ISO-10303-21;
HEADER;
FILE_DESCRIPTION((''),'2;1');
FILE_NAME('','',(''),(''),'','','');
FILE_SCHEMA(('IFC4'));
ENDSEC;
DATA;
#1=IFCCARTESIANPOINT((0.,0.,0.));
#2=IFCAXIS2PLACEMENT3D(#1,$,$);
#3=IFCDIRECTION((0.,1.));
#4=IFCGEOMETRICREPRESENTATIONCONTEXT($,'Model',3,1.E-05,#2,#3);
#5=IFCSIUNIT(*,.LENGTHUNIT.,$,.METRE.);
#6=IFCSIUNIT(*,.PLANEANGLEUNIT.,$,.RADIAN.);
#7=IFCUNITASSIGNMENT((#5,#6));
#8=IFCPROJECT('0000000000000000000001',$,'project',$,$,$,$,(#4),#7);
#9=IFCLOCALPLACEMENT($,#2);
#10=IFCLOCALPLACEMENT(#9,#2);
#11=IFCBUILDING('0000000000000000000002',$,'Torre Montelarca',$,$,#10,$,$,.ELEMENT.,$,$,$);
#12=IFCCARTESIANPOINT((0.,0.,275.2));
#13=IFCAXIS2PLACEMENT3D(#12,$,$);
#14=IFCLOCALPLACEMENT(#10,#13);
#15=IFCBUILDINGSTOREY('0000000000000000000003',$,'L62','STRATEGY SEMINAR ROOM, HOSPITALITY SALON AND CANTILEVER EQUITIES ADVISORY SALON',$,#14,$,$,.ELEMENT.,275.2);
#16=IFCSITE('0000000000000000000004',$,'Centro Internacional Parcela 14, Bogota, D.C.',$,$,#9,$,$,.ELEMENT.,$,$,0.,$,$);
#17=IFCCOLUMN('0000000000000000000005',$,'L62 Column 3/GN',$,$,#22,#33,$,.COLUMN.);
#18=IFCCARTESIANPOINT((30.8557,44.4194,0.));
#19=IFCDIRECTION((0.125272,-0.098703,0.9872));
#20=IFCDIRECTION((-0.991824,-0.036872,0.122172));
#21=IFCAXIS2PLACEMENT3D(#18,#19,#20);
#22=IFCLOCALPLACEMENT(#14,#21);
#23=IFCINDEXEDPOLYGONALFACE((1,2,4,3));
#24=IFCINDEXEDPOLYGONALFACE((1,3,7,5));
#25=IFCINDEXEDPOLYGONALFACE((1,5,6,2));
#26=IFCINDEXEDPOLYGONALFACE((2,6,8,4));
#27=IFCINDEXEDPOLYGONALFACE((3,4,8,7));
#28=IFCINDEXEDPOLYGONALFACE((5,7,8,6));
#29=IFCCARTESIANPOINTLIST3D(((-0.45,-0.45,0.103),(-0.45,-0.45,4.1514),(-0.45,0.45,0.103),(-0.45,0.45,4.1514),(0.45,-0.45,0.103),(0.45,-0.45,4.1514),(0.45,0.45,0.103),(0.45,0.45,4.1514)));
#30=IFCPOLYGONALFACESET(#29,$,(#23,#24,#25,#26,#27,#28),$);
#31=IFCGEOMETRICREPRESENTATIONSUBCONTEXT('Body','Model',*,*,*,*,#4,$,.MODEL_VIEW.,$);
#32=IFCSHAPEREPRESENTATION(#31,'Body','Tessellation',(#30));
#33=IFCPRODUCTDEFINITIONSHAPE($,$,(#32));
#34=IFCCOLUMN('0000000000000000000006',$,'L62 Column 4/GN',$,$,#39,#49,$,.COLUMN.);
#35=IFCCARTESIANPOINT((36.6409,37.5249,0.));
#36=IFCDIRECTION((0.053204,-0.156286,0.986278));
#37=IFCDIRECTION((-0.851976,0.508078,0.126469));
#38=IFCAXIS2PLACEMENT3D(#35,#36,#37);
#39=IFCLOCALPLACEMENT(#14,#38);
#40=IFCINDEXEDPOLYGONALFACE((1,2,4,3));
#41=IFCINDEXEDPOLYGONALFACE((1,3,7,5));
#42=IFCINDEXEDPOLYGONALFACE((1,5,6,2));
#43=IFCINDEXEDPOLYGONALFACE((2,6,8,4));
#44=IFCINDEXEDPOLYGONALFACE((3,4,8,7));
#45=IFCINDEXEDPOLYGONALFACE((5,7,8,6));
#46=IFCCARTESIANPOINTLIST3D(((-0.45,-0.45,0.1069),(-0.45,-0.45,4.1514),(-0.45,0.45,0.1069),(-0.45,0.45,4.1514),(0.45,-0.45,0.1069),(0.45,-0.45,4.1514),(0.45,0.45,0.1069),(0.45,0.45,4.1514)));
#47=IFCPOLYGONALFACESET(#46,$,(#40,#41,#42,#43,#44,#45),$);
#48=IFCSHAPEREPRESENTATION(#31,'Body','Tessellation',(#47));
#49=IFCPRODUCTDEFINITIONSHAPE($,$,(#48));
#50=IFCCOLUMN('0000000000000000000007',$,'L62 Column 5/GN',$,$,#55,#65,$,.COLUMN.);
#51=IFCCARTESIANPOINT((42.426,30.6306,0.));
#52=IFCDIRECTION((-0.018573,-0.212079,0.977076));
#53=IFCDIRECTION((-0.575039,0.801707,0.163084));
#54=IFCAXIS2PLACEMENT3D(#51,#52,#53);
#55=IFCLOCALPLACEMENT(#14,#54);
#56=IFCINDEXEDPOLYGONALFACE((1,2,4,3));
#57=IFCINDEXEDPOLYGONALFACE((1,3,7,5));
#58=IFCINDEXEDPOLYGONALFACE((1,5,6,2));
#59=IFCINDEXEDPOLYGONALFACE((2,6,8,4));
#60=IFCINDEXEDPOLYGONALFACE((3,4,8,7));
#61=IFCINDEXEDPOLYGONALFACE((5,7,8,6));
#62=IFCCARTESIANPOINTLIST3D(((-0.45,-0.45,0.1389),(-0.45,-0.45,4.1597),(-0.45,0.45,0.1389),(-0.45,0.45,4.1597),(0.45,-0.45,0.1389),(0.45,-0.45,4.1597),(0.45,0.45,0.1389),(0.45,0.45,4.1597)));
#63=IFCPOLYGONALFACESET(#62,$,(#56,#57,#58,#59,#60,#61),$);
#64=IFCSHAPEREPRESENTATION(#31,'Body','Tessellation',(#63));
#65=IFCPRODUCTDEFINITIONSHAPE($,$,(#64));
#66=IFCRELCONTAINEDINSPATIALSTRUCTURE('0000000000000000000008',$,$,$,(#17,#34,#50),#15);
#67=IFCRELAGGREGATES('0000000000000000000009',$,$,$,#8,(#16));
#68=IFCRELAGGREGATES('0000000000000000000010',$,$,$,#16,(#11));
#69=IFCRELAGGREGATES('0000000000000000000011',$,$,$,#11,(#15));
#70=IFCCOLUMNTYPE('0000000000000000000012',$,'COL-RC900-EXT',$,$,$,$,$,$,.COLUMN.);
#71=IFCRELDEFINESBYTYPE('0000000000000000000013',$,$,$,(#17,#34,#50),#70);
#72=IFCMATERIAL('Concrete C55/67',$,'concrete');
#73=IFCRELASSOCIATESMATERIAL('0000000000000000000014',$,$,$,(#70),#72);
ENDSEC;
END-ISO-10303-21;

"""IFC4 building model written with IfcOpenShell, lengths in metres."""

from ifc_helpers import new_model, si_unit, direction, frame, origin, origin_2d, place, context, subcontext, project, spatial, rectangle, extrude, clip, halfspace, material, material_profile, profile_set, type_object, element, save


model = new_model("IFC4")

# Units and contexts
model_context = context("Model", 3, precision=1e-05, world=origin(), true_north=direction((0.0, 1.0)))
body_context = subcontext(model_context, "Body", "Model", "MODEL_VIEW")
ifc_project = project(units=[si_unit("LENGTHUNIT", "METRE"), si_unit("PLANEANGLEUNIT", "RADIAN")], contexts=[model_context])

# Site, building, storey
site_placement = place(None, origin())
site = spatial("IfcSite", under=ifc_project, at=site_placement, Name="Centro Internacional Parcela 14, Bogota, D.C.", CompositionType="ELEMENT", RefElevation=0.0)
building_placement = place(site_placement, origin())
building = spatial("IfcBuilding", under=site, at=building_placement, Name="Torre Montelarca", CompositionType="ELEMENT")
storey_placement = place(building_placement, frame((0.0, 0.0, 275.2)))
storey = spatial("IfcBuildingStorey", under=building, at=storey_placement, Name="L62", Description="STRATEGY SEMINAR ROOM, HOSPITALITY SALON AND CANTILEVER EQUITIES ADVISORY SALON", CompositionType="ELEMENT", Elevation=275.2)

# Columns
ifc_material_1 = material(Name="Concrete C55/67", Category="concrete")
ifc_material_profile_1 = material_profile(ifc_material_1, rectangle(XDim=0.8999, YDim=0.8999, at=origin_2d()), Name="RC900X900", Category="concrete")
ifc_profile_set_1 = profile_set([ifc_material_profile_1], Name="Concrete C55/67")
column_type_1 = type_object("IfcColumnType", Name="COL-RC900-EXT", PredefinedType="COLUMN", material=ifc_profile_set_1)
column_1_placement = place(storey_placement, frame((30.8557, 44.4194, 0.0), z_axis=(0.125272, -0.098703, 0.9872), x_axis=(-0.991824, -0.036872, 0.122172)))
element("IfcColumn", 1, at=column_1_placement, inside=storey, type_object=column_type_1, Name="L62 Column 3/GN", PredefinedType="COLUMN", context=body_context, shape_type="Clipping", body=[
    clip(clip(extrude(rectangle(XDim=0.8999, YDim=0.8999, at=origin_2d()), origin(), (0.0, 0.0, 1.0), 4.2544), halfspace(frame((0.0, 0.0, 0.103), z_axis=(0.0, 0.0, -1.0), x_axis=(1.0, 0.0, 0.0)), False)), halfspace(frame((0.0, 0.0, 4.1514), z_axis=(0.0, 0.0, 1.0), x_axis=(1.0, 0.0, 0.0)), False)),
])
column_2_placement = place(storey_placement, frame((36.6409, 37.5249, 0.0), z_axis=(0.053204, -0.156286, 0.986278), x_axis=(-0.851976, 0.508078, 0.126469)))
element("IfcColumn", 2, at=column_2_placement, inside=storey, type_object=column_type_1, Name="L62 Column 4/GN", PredefinedType="COLUMN", context=body_context, shape_type="Clipping", body=[
    clip(clip(extrude(rectangle(XDim=0.8999, YDim=0.8999, at=origin_2d()), origin(), (0.0, 0.0, 1.0), 4.2583), halfspace(frame((0.0, 0.0, 0.1069), z_axis=(0.0, 0.0, -1.0), x_axis=(1.0, 0.0, 0.0)), False)), halfspace(frame((0.0, 0.0, 4.1514), z_axis=(0.0, 0.0, 1.0), x_axis=(1.0, 0.0, 0.0)), False)),
])
column_3_placement = place(storey_placement, frame((42.426, 30.6306, 0.0), z_axis=(-0.018573, -0.212079, 0.977076), x_axis=(-0.575039, 0.801707, 0.163084)))
element("IfcColumn", 3, at=column_3_placement, inside=storey, type_object=column_type_1, Name="L62 Column 5/GN", PredefinedType="COLUMN", context=body_context, shape_type="Clipping", body=[
    clip(clip(extrude(rectangle(XDim=0.8999, YDim=0.8999, at=origin_2d()), origin(), (0.0, 0.0, 1.0), 4.2986), halfspace(frame((0.0, 0.0, 0.1389), z_axis=(0.0, 0.0, -1.0), x_axis=(1.0, 0.0, 0.0)), False)), halfspace(frame((0.0, 0.0, 4.1597), z_axis=(0.0, 0.0, 1.0), x_axis=(1.0, 0.0, 0.0)), False)),
])

save(model, "model.ifc")
